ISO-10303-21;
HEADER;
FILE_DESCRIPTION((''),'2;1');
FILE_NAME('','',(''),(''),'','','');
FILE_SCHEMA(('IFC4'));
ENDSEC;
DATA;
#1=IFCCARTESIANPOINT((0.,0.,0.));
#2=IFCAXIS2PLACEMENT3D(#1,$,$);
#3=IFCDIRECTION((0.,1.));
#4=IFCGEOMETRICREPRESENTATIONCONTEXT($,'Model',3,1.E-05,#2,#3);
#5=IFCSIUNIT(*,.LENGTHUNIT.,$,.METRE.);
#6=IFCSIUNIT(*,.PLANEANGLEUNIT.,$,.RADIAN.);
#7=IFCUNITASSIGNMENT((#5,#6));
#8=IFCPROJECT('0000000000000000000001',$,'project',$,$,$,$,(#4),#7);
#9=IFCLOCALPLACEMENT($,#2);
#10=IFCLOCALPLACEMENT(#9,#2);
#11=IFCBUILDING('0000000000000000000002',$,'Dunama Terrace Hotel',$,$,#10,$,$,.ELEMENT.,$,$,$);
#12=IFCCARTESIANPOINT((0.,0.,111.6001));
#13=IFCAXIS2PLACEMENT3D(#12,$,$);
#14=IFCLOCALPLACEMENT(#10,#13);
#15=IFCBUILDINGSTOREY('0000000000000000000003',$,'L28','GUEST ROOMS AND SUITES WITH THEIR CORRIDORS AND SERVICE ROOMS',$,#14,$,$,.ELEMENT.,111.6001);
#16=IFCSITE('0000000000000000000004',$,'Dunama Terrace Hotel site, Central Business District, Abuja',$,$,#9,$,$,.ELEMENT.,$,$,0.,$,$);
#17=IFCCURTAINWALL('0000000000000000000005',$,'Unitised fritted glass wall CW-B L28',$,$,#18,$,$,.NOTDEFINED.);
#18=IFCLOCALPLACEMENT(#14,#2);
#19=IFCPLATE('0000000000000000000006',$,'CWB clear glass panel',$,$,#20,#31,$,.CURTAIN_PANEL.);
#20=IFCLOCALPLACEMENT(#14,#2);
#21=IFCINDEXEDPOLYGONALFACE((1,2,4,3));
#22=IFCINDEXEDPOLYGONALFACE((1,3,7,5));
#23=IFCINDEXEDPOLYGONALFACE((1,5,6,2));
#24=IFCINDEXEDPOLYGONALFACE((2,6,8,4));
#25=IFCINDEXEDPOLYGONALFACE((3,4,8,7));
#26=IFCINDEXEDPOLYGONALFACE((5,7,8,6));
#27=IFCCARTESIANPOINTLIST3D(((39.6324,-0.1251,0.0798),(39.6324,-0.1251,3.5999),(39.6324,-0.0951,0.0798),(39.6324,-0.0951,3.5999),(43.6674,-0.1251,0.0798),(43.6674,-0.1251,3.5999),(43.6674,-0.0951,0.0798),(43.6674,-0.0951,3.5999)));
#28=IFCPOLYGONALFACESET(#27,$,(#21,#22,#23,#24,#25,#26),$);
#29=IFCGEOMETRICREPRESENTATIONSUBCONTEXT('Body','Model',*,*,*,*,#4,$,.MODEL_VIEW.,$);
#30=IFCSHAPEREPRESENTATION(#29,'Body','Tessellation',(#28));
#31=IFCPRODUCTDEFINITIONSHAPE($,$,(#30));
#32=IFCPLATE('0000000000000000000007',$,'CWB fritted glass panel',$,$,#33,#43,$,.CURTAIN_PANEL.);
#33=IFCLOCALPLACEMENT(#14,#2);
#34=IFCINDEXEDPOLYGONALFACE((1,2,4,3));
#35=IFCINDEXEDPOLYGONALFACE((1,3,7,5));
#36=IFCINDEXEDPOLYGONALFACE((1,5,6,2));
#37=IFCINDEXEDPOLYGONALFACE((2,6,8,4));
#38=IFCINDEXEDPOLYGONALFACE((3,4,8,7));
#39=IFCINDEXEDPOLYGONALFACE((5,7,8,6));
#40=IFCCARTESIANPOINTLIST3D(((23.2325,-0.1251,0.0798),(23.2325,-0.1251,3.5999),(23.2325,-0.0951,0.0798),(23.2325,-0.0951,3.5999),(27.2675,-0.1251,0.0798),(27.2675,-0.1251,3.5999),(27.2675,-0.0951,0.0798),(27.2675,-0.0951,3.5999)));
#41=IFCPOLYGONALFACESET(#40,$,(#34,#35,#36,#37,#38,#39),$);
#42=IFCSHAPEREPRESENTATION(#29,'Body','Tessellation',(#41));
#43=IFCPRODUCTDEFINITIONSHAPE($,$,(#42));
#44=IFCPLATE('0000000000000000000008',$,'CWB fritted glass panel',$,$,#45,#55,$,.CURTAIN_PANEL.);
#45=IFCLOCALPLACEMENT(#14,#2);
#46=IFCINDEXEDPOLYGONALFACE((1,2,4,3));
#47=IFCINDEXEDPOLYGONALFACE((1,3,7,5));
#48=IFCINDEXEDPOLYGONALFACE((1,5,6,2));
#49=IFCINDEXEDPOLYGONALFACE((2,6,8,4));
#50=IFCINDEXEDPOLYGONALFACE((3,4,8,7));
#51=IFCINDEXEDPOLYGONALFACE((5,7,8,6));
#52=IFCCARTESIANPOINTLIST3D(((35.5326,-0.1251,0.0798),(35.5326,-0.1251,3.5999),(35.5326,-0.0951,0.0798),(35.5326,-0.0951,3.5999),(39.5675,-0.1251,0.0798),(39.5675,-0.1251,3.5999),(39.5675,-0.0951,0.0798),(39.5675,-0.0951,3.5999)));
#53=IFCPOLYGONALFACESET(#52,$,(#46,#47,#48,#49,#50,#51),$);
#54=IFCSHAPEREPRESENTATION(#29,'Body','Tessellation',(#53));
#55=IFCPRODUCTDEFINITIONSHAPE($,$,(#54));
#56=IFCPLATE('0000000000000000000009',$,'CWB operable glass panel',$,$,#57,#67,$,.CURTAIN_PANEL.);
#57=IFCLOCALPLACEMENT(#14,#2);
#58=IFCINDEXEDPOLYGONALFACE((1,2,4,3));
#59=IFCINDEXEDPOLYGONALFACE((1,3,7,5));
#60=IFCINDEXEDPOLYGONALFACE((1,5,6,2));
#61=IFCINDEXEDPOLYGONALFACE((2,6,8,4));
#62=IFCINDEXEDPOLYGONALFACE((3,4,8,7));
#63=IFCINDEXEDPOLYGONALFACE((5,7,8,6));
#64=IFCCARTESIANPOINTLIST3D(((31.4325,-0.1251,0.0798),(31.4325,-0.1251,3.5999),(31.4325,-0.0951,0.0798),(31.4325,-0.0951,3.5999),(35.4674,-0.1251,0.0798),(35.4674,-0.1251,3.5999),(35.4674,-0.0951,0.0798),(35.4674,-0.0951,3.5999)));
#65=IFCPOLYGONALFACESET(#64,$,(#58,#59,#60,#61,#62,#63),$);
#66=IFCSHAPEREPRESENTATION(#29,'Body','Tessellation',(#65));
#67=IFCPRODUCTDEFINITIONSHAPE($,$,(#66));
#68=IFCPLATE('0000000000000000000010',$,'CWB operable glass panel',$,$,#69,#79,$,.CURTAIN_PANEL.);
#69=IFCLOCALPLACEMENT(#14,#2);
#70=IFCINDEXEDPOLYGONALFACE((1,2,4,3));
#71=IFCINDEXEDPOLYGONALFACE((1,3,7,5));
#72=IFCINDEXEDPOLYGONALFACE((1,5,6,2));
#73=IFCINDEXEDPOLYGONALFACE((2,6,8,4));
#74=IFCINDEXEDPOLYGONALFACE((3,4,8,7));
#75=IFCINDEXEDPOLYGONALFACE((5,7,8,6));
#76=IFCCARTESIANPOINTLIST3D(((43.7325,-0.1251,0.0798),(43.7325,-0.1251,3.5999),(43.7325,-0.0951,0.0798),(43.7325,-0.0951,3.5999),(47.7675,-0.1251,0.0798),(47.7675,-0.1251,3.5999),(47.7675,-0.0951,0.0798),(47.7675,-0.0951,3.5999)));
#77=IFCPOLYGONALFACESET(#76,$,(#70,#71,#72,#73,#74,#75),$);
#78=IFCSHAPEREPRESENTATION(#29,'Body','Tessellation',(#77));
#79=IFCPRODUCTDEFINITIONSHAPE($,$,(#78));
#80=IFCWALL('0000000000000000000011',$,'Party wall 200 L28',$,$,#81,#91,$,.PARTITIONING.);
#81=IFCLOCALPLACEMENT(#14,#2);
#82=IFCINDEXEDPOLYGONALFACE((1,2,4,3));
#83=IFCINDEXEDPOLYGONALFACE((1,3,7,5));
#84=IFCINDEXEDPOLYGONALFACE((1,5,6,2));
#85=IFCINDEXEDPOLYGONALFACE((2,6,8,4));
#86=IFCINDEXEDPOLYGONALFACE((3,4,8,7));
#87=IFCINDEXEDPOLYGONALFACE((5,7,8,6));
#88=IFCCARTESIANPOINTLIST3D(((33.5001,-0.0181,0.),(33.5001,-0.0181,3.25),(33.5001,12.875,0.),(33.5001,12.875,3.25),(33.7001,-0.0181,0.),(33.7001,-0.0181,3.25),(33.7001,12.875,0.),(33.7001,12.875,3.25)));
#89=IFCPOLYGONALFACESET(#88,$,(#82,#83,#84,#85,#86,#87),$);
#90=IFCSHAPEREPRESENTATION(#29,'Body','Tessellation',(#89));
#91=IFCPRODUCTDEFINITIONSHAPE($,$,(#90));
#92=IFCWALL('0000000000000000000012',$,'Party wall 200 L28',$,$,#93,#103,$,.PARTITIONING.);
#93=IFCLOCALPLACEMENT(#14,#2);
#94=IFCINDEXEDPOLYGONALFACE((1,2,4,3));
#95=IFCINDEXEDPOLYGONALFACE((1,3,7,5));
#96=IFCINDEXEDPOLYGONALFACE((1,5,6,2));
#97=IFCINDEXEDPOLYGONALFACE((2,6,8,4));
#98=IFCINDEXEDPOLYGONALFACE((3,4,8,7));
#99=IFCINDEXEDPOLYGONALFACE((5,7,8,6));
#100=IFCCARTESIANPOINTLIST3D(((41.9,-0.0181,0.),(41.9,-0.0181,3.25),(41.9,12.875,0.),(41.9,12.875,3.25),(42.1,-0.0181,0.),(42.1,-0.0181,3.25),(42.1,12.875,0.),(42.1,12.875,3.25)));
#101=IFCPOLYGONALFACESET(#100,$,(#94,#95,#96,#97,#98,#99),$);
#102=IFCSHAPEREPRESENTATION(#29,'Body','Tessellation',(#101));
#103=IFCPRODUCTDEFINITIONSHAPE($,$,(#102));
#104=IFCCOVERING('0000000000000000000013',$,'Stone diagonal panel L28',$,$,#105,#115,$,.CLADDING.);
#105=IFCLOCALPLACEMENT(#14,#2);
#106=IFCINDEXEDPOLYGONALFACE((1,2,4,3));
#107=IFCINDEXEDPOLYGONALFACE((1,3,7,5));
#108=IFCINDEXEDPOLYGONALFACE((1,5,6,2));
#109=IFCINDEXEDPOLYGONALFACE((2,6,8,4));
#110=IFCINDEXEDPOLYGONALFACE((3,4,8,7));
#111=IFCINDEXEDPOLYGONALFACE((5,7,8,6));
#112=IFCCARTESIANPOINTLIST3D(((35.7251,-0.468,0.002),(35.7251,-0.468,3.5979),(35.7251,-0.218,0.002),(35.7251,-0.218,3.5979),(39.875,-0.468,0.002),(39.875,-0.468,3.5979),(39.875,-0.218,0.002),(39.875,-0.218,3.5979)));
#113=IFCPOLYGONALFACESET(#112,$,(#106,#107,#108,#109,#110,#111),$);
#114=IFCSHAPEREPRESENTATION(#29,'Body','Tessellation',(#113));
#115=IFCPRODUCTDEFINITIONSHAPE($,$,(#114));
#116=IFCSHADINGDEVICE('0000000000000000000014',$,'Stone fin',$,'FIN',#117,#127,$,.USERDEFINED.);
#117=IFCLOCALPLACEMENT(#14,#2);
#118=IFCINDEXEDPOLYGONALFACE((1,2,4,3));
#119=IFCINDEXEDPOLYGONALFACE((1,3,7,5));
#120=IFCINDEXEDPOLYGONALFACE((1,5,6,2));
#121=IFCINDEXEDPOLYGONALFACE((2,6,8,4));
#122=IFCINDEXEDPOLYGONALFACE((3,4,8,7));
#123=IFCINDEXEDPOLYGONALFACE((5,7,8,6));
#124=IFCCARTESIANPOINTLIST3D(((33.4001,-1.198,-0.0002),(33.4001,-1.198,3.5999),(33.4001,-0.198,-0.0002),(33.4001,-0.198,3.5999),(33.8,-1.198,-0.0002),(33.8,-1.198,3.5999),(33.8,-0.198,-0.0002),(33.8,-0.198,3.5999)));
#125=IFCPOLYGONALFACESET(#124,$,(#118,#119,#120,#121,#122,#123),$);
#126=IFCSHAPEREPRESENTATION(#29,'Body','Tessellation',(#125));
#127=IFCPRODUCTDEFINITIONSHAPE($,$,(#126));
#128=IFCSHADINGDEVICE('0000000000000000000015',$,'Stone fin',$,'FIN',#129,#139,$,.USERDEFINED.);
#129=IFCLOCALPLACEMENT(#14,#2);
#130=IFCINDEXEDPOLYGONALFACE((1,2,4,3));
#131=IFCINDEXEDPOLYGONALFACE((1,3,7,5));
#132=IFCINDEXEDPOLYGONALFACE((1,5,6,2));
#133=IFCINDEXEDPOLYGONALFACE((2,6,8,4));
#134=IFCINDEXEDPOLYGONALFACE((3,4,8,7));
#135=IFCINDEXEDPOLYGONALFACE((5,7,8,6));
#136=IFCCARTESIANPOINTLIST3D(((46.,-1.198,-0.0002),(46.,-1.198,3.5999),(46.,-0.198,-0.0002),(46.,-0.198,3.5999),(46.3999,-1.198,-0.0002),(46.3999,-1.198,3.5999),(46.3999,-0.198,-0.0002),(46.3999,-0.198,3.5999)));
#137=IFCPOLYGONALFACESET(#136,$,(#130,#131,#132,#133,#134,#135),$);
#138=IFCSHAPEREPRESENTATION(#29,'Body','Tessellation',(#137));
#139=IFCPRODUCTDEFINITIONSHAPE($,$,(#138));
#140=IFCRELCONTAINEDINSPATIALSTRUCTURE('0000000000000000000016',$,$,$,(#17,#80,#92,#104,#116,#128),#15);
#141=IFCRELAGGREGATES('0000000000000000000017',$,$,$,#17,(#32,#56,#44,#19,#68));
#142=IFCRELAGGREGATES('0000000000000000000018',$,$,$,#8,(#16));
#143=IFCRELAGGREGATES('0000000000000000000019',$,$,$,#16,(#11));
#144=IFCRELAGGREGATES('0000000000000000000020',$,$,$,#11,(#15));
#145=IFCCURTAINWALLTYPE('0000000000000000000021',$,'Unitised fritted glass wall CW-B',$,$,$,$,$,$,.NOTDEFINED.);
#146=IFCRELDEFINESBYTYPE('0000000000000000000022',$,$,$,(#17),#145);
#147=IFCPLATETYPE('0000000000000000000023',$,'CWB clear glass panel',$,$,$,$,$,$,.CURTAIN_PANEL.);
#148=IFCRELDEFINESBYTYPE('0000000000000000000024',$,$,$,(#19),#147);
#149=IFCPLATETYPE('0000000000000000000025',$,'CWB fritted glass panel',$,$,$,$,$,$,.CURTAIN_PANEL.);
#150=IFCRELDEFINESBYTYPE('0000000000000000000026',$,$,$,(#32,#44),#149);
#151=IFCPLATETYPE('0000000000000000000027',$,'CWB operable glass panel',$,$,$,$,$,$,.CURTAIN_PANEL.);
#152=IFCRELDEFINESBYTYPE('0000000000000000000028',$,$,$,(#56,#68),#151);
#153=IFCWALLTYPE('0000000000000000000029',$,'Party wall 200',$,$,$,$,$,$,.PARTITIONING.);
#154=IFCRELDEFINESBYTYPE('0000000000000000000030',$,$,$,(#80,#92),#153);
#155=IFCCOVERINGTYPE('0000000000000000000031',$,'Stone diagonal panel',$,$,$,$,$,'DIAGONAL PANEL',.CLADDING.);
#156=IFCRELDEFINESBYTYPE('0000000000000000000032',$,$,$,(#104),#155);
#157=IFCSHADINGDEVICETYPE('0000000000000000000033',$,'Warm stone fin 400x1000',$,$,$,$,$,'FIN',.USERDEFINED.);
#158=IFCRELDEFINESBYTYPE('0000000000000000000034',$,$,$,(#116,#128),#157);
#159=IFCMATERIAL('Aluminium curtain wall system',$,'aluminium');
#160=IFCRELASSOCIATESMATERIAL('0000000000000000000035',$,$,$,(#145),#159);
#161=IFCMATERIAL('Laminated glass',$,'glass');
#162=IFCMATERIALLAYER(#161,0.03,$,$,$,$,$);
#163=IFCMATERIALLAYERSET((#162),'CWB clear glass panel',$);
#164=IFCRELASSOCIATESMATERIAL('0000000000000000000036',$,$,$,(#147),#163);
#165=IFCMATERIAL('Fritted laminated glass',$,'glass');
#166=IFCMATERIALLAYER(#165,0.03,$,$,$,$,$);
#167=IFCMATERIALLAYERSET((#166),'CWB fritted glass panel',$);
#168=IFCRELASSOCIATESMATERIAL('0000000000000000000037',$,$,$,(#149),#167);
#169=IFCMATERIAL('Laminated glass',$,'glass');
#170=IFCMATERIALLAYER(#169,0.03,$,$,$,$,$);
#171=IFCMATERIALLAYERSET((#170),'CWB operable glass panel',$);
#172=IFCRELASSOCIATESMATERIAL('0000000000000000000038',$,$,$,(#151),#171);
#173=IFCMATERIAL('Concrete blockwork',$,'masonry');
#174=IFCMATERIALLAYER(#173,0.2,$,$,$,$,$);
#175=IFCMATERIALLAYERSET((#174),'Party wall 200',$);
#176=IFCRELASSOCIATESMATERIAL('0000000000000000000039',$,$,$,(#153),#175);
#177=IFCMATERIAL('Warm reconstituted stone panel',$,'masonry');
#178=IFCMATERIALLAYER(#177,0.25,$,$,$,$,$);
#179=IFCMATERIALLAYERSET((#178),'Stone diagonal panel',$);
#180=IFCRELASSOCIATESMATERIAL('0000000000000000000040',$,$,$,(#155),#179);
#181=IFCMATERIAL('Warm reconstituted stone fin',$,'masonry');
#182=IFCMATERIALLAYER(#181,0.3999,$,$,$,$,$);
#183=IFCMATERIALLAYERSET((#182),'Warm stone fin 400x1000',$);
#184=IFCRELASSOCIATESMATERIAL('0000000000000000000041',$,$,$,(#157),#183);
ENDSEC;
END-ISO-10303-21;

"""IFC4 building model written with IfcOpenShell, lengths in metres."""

from ifc_helpers import new_model, si_unit, direction, frame, frame_2d, origin, origin_2d, place, context, subcontext, project, spatial, rectangle, extrude, material, layer, layer_set, type_object, element, aggregate, save


model = new_model("IFC4")

# Units and contexts
model_context = context("Model", 3, precision=1e-05, world=origin(), true_north=direction((0.0, 1.0)))
body_context = subcontext(model_context, "Body", "Model", "MODEL_VIEW")
ifc_project = project(units=[si_unit("LENGTHUNIT", "METRE"), si_unit("PLANEANGLEUNIT", "RADIAN")], contexts=[model_context])

# Site, building, storey
site_placement = place(None, origin())
site = spatial("IfcSite", under=ifc_project, at=site_placement, Name="Dunama Terrace Hotel site, Central Business District, Abuja", CompositionType="ELEMENT", RefElevation=0.0)
building_placement = place(site_placement, origin())
building = spatial("IfcBuilding", under=site, at=building_placement, Name="Dunama Terrace Hotel", CompositionType="ELEMENT")
storey_placement = place(building_placement, frame((0.0, 0.0, 111.6001)))
storey = spatial("IfcBuildingStorey", under=building, at=storey_placement, Name="L28", Description="GUEST ROOMS AND SUITES WITH THEIR CORRIDORS AND SERVICE ROOMS", CompositionType="ELEMENT", Elevation=111.6001)

# Curtain wall
ifc_material_1 = material(Name="Aluminium curtain wall system", Category="aluminium")
curtain_wall_type = type_object("IfcCurtainWallType", Name="Unitised fritted glass wall CW-B", PredefinedType="NOTDEFINED", material=ifc_material_1)
curtain_wall_placement = place(storey_placement, origin())
curtain_wall = element("IfcCurtainWall", 1, at=curtain_wall_placement, inside=storey, type_object=curtain_wall_type, Name="Unitised fritted glass wall CW-B L28", PredefinedType="NOTDEFINED")

# Plates
ifc_material_2 = material(Name="Laminated glass", Category="glass")
ifc_layer_1 = layer(ifc_material_2, 0.03)
ifc_layer_set_1 = layer_set([ifc_layer_1], Name="CWB clear glass panel")
plate_type_1 = type_object("IfcPlateType", Name="CWB clear glass panel", PredefinedType="CURTAIN_PANEL", material=ifc_layer_set_1)
plate_1_placement = place(storey_placement, frame((41.6499, -0.1101, 0.0798), z_axis=(0.0, 0.0, 1.0), x_axis=(1.0, 0.0, 0.0)))
plate_1 = element("IfcPlate", 2, at=plate_1_placement, type_object=plate_type_1, Name="CWB clear glass panel", PredefinedType="CURTAIN_PANEL", context=body_context, shape_type="SweptSolid", body=[
    extrude(rectangle(XDim=4.0349, YDim=0.03, at=origin_2d()), origin(), (0.0, 0.0, 1.0), 3.52),
])
ifc_material_3 = material(Name="Fritted laminated glass", Category="glass")
ifc_layer_2 = layer(ifc_material_3, 0.03)
ifc_layer_set_2 = layer_set([ifc_layer_2], Name="CWB fritted glass panel")
plate_type_2 = type_object("IfcPlateType", Name="CWB fritted glass panel", PredefinedType="CURTAIN_PANEL", material=ifc_layer_set_2)
plate_2_placement = place(storey_placement, frame((25.25, -0.1101, 0.0798), z_axis=(0.0, 0.0, 1.0), x_axis=(1.0, 0.0, 0.0)))
plate_2 = element("IfcPlate", 3, at=plate_2_placement, type_object=plate_type_2, Name="CWB fritted glass panel", PredefinedType="CURTAIN_PANEL", context=body_context, shape_type="SweptSolid", body=[
    extrude(rectangle(XDim=4.0349, YDim=0.03, at=origin_2d()), origin(), (0.0, 0.0, 1.0), 3.52),
])
plate_3_placement = place(storey_placement, frame((37.55, -0.1101, 0.0798), z_axis=(0.0, 0.0, 1.0), x_axis=(1.0, 0.0, 0.0)))
plate_3 = element("IfcPlate", 4, at=plate_3_placement, type_object=plate_type_2, Name="CWB fritted glass panel", PredefinedType="CURTAIN_PANEL", context=body_context, shape_type="SweptSolid", body=[
    extrude(rectangle(XDim=4.0349, YDim=0.03, at=origin_2d()), origin(), (0.0, 0.0, 1.0), 3.52),
])
ifc_material_4 = material(Name="Laminated glass", Category="glass")
ifc_layer_3 = layer(ifc_material_4, 0.03)
ifc_layer_set_3 = layer_set([ifc_layer_3], Name="CWB operable glass panel")
plate_type_3 = type_object("IfcPlateType", Name="CWB operable glass panel", PredefinedType="CURTAIN_PANEL", material=ifc_layer_set_3)
plate_4_placement = place(storey_placement, frame((33.45, -0.1101, 0.0798), z_axis=(0.0, 0.0, 1.0), x_axis=(1.0, 0.0, 0.0)))
plate_4 = element("IfcPlate", 5, at=plate_4_placement, type_object=plate_type_3, Name="CWB operable glass panel", PredefinedType="CURTAIN_PANEL", context=body_context, shape_type="SweptSolid", body=[
    extrude(rectangle(XDim=4.0349, YDim=0.03, at=origin_2d()), origin(), (0.0, 0.0, 1.0), 3.52),
])
plate_5_placement = place(storey_placement, frame((45.75, -0.1101, 0.0798), z_axis=(0.0, 0.0, 1.0), x_axis=(1.0, 0.0, 0.0)))
plate_5 = element("IfcPlate", 6, at=plate_5_placement, type_object=plate_type_3, Name="CWB operable glass panel", PredefinedType="CURTAIN_PANEL", context=body_context, shape_type="SweptSolid", body=[
    extrude(rectangle(XDim=4.0349, YDim=0.03, at=origin_2d()), origin(), (0.0, 0.0, 1.0), 3.52),
])
aggregate(curtain_wall, [plate_2, plate_4, plate_3, plate_1, plate_5])

# Walls
ifc_material_5 = material(Name="Concrete blockwork", Category="masonry")
ifc_layer_4 = layer(ifc_material_5, 0.2)
ifc_layer_set_4 = layer_set([ifc_layer_4], Name="Party wall 200")
wall_type = type_object("IfcWallType", Name="Party wall 200", PredefinedType="PARTITIONING", material=ifc_layer_set_4)
for number, where, z_axis, x_axis, name in (
    (7, (33.6001, -0.0181, 0.0), (0.0, 0.0, 1.0), (0.0, 1.0, 0.0), "Party wall 200 L28"),
    (8, (42.0, -0.0181, 0.0), (0.0, 0.0, 1.0), (0.0, 1.0, 0.0), "Party wall 200 L28"),
):
    element("IfcWall", number, at=place(storey_placement, frame(where, z_axis=z_axis, x_axis=x_axis)), inside=storey, type_object=wall_type, Name=name, PredefinedType="PARTITIONING", context=body_context, shape_type="SweptSolid", body=[
        extrude(rectangle(XDim=12.8931, YDim=0.2, at=frame_2d((6.4465, 0.0))), origin(), (0.0, 0.0, 1.0), 3.25),
    ])

# Covering
ifc_material_6 = material(Name="Warm reconstituted stone panel", Category="masonry")
ifc_layer_5 = layer(ifc_material_6, 0.25)
ifc_layer_set_5 = layer_set([ifc_layer_5], Name="Stone diagonal panel")
covering_type = type_object("IfcCoveringType", Name="Stone diagonal panel", ElementType="DIAGONAL PANEL", PredefinedType="CLADDING", material=ifc_layer_set_5)
covering_placement = place(storey_placement, frame((37.8, -0.343, 0.002), z_axis=(0.0, 0.0, 1.0), x_axis=(1.0, 0.0, 0.0)))
element("IfcCovering", 9, at=covering_placement, inside=storey, type_object=covering_type, Name="Stone diagonal panel L28", PredefinedType="CLADDING", context=body_context, shape_type="SweptSolid", body=[
    extrude(rectangle(XDim=4.1499, YDim=0.25, at=origin_2d()), origin(), (0.0, 0.0, 1.0), 3.5959),
])

# Shading devices
ifc_material_7 = material(Name="Warm reconstituted stone fin", Category="masonry")
ifc_layer_6 = layer(ifc_material_7, 0.3999)
ifc_layer_set_6 = layer_set([ifc_layer_6], Name="Warm stone fin 400x1000")
shading_device_type = type_object("IfcShadingDeviceType", Name="Warm stone fin 400x1000", ElementType="FIN", PredefinedType="USERDEFINED", material=ifc_layer_set_6)
for number, where, z_axis, x_axis, name in (
    (10, (33.6001, -0.698, -0.0002), (0.0, 0.0, 1.0), (1.0, 0.0, 0.0), "Stone fin"),
    (11, (46.2, -0.698, -0.0002), (0.0, 0.0, 1.0), (1.0, 0.0, 0.0), "Stone fin"),
):
    element("IfcShadingDevice", number, at=place(storey_placement, frame(where, z_axis=z_axis, x_axis=x_axis)), inside=storey, type_object=shading_device_type, Name=name, ObjectType="FIN", PredefinedType="USERDEFINED", context=body_context, shape_type="SweptSolid", body=[
        extrude(rectangle(XDim=0.3999, YDim=1.0, at=origin_2d()), origin(), (0.0, 0.0, 1.0), 3.6001),
    ])

save(model, "model.ifc")
